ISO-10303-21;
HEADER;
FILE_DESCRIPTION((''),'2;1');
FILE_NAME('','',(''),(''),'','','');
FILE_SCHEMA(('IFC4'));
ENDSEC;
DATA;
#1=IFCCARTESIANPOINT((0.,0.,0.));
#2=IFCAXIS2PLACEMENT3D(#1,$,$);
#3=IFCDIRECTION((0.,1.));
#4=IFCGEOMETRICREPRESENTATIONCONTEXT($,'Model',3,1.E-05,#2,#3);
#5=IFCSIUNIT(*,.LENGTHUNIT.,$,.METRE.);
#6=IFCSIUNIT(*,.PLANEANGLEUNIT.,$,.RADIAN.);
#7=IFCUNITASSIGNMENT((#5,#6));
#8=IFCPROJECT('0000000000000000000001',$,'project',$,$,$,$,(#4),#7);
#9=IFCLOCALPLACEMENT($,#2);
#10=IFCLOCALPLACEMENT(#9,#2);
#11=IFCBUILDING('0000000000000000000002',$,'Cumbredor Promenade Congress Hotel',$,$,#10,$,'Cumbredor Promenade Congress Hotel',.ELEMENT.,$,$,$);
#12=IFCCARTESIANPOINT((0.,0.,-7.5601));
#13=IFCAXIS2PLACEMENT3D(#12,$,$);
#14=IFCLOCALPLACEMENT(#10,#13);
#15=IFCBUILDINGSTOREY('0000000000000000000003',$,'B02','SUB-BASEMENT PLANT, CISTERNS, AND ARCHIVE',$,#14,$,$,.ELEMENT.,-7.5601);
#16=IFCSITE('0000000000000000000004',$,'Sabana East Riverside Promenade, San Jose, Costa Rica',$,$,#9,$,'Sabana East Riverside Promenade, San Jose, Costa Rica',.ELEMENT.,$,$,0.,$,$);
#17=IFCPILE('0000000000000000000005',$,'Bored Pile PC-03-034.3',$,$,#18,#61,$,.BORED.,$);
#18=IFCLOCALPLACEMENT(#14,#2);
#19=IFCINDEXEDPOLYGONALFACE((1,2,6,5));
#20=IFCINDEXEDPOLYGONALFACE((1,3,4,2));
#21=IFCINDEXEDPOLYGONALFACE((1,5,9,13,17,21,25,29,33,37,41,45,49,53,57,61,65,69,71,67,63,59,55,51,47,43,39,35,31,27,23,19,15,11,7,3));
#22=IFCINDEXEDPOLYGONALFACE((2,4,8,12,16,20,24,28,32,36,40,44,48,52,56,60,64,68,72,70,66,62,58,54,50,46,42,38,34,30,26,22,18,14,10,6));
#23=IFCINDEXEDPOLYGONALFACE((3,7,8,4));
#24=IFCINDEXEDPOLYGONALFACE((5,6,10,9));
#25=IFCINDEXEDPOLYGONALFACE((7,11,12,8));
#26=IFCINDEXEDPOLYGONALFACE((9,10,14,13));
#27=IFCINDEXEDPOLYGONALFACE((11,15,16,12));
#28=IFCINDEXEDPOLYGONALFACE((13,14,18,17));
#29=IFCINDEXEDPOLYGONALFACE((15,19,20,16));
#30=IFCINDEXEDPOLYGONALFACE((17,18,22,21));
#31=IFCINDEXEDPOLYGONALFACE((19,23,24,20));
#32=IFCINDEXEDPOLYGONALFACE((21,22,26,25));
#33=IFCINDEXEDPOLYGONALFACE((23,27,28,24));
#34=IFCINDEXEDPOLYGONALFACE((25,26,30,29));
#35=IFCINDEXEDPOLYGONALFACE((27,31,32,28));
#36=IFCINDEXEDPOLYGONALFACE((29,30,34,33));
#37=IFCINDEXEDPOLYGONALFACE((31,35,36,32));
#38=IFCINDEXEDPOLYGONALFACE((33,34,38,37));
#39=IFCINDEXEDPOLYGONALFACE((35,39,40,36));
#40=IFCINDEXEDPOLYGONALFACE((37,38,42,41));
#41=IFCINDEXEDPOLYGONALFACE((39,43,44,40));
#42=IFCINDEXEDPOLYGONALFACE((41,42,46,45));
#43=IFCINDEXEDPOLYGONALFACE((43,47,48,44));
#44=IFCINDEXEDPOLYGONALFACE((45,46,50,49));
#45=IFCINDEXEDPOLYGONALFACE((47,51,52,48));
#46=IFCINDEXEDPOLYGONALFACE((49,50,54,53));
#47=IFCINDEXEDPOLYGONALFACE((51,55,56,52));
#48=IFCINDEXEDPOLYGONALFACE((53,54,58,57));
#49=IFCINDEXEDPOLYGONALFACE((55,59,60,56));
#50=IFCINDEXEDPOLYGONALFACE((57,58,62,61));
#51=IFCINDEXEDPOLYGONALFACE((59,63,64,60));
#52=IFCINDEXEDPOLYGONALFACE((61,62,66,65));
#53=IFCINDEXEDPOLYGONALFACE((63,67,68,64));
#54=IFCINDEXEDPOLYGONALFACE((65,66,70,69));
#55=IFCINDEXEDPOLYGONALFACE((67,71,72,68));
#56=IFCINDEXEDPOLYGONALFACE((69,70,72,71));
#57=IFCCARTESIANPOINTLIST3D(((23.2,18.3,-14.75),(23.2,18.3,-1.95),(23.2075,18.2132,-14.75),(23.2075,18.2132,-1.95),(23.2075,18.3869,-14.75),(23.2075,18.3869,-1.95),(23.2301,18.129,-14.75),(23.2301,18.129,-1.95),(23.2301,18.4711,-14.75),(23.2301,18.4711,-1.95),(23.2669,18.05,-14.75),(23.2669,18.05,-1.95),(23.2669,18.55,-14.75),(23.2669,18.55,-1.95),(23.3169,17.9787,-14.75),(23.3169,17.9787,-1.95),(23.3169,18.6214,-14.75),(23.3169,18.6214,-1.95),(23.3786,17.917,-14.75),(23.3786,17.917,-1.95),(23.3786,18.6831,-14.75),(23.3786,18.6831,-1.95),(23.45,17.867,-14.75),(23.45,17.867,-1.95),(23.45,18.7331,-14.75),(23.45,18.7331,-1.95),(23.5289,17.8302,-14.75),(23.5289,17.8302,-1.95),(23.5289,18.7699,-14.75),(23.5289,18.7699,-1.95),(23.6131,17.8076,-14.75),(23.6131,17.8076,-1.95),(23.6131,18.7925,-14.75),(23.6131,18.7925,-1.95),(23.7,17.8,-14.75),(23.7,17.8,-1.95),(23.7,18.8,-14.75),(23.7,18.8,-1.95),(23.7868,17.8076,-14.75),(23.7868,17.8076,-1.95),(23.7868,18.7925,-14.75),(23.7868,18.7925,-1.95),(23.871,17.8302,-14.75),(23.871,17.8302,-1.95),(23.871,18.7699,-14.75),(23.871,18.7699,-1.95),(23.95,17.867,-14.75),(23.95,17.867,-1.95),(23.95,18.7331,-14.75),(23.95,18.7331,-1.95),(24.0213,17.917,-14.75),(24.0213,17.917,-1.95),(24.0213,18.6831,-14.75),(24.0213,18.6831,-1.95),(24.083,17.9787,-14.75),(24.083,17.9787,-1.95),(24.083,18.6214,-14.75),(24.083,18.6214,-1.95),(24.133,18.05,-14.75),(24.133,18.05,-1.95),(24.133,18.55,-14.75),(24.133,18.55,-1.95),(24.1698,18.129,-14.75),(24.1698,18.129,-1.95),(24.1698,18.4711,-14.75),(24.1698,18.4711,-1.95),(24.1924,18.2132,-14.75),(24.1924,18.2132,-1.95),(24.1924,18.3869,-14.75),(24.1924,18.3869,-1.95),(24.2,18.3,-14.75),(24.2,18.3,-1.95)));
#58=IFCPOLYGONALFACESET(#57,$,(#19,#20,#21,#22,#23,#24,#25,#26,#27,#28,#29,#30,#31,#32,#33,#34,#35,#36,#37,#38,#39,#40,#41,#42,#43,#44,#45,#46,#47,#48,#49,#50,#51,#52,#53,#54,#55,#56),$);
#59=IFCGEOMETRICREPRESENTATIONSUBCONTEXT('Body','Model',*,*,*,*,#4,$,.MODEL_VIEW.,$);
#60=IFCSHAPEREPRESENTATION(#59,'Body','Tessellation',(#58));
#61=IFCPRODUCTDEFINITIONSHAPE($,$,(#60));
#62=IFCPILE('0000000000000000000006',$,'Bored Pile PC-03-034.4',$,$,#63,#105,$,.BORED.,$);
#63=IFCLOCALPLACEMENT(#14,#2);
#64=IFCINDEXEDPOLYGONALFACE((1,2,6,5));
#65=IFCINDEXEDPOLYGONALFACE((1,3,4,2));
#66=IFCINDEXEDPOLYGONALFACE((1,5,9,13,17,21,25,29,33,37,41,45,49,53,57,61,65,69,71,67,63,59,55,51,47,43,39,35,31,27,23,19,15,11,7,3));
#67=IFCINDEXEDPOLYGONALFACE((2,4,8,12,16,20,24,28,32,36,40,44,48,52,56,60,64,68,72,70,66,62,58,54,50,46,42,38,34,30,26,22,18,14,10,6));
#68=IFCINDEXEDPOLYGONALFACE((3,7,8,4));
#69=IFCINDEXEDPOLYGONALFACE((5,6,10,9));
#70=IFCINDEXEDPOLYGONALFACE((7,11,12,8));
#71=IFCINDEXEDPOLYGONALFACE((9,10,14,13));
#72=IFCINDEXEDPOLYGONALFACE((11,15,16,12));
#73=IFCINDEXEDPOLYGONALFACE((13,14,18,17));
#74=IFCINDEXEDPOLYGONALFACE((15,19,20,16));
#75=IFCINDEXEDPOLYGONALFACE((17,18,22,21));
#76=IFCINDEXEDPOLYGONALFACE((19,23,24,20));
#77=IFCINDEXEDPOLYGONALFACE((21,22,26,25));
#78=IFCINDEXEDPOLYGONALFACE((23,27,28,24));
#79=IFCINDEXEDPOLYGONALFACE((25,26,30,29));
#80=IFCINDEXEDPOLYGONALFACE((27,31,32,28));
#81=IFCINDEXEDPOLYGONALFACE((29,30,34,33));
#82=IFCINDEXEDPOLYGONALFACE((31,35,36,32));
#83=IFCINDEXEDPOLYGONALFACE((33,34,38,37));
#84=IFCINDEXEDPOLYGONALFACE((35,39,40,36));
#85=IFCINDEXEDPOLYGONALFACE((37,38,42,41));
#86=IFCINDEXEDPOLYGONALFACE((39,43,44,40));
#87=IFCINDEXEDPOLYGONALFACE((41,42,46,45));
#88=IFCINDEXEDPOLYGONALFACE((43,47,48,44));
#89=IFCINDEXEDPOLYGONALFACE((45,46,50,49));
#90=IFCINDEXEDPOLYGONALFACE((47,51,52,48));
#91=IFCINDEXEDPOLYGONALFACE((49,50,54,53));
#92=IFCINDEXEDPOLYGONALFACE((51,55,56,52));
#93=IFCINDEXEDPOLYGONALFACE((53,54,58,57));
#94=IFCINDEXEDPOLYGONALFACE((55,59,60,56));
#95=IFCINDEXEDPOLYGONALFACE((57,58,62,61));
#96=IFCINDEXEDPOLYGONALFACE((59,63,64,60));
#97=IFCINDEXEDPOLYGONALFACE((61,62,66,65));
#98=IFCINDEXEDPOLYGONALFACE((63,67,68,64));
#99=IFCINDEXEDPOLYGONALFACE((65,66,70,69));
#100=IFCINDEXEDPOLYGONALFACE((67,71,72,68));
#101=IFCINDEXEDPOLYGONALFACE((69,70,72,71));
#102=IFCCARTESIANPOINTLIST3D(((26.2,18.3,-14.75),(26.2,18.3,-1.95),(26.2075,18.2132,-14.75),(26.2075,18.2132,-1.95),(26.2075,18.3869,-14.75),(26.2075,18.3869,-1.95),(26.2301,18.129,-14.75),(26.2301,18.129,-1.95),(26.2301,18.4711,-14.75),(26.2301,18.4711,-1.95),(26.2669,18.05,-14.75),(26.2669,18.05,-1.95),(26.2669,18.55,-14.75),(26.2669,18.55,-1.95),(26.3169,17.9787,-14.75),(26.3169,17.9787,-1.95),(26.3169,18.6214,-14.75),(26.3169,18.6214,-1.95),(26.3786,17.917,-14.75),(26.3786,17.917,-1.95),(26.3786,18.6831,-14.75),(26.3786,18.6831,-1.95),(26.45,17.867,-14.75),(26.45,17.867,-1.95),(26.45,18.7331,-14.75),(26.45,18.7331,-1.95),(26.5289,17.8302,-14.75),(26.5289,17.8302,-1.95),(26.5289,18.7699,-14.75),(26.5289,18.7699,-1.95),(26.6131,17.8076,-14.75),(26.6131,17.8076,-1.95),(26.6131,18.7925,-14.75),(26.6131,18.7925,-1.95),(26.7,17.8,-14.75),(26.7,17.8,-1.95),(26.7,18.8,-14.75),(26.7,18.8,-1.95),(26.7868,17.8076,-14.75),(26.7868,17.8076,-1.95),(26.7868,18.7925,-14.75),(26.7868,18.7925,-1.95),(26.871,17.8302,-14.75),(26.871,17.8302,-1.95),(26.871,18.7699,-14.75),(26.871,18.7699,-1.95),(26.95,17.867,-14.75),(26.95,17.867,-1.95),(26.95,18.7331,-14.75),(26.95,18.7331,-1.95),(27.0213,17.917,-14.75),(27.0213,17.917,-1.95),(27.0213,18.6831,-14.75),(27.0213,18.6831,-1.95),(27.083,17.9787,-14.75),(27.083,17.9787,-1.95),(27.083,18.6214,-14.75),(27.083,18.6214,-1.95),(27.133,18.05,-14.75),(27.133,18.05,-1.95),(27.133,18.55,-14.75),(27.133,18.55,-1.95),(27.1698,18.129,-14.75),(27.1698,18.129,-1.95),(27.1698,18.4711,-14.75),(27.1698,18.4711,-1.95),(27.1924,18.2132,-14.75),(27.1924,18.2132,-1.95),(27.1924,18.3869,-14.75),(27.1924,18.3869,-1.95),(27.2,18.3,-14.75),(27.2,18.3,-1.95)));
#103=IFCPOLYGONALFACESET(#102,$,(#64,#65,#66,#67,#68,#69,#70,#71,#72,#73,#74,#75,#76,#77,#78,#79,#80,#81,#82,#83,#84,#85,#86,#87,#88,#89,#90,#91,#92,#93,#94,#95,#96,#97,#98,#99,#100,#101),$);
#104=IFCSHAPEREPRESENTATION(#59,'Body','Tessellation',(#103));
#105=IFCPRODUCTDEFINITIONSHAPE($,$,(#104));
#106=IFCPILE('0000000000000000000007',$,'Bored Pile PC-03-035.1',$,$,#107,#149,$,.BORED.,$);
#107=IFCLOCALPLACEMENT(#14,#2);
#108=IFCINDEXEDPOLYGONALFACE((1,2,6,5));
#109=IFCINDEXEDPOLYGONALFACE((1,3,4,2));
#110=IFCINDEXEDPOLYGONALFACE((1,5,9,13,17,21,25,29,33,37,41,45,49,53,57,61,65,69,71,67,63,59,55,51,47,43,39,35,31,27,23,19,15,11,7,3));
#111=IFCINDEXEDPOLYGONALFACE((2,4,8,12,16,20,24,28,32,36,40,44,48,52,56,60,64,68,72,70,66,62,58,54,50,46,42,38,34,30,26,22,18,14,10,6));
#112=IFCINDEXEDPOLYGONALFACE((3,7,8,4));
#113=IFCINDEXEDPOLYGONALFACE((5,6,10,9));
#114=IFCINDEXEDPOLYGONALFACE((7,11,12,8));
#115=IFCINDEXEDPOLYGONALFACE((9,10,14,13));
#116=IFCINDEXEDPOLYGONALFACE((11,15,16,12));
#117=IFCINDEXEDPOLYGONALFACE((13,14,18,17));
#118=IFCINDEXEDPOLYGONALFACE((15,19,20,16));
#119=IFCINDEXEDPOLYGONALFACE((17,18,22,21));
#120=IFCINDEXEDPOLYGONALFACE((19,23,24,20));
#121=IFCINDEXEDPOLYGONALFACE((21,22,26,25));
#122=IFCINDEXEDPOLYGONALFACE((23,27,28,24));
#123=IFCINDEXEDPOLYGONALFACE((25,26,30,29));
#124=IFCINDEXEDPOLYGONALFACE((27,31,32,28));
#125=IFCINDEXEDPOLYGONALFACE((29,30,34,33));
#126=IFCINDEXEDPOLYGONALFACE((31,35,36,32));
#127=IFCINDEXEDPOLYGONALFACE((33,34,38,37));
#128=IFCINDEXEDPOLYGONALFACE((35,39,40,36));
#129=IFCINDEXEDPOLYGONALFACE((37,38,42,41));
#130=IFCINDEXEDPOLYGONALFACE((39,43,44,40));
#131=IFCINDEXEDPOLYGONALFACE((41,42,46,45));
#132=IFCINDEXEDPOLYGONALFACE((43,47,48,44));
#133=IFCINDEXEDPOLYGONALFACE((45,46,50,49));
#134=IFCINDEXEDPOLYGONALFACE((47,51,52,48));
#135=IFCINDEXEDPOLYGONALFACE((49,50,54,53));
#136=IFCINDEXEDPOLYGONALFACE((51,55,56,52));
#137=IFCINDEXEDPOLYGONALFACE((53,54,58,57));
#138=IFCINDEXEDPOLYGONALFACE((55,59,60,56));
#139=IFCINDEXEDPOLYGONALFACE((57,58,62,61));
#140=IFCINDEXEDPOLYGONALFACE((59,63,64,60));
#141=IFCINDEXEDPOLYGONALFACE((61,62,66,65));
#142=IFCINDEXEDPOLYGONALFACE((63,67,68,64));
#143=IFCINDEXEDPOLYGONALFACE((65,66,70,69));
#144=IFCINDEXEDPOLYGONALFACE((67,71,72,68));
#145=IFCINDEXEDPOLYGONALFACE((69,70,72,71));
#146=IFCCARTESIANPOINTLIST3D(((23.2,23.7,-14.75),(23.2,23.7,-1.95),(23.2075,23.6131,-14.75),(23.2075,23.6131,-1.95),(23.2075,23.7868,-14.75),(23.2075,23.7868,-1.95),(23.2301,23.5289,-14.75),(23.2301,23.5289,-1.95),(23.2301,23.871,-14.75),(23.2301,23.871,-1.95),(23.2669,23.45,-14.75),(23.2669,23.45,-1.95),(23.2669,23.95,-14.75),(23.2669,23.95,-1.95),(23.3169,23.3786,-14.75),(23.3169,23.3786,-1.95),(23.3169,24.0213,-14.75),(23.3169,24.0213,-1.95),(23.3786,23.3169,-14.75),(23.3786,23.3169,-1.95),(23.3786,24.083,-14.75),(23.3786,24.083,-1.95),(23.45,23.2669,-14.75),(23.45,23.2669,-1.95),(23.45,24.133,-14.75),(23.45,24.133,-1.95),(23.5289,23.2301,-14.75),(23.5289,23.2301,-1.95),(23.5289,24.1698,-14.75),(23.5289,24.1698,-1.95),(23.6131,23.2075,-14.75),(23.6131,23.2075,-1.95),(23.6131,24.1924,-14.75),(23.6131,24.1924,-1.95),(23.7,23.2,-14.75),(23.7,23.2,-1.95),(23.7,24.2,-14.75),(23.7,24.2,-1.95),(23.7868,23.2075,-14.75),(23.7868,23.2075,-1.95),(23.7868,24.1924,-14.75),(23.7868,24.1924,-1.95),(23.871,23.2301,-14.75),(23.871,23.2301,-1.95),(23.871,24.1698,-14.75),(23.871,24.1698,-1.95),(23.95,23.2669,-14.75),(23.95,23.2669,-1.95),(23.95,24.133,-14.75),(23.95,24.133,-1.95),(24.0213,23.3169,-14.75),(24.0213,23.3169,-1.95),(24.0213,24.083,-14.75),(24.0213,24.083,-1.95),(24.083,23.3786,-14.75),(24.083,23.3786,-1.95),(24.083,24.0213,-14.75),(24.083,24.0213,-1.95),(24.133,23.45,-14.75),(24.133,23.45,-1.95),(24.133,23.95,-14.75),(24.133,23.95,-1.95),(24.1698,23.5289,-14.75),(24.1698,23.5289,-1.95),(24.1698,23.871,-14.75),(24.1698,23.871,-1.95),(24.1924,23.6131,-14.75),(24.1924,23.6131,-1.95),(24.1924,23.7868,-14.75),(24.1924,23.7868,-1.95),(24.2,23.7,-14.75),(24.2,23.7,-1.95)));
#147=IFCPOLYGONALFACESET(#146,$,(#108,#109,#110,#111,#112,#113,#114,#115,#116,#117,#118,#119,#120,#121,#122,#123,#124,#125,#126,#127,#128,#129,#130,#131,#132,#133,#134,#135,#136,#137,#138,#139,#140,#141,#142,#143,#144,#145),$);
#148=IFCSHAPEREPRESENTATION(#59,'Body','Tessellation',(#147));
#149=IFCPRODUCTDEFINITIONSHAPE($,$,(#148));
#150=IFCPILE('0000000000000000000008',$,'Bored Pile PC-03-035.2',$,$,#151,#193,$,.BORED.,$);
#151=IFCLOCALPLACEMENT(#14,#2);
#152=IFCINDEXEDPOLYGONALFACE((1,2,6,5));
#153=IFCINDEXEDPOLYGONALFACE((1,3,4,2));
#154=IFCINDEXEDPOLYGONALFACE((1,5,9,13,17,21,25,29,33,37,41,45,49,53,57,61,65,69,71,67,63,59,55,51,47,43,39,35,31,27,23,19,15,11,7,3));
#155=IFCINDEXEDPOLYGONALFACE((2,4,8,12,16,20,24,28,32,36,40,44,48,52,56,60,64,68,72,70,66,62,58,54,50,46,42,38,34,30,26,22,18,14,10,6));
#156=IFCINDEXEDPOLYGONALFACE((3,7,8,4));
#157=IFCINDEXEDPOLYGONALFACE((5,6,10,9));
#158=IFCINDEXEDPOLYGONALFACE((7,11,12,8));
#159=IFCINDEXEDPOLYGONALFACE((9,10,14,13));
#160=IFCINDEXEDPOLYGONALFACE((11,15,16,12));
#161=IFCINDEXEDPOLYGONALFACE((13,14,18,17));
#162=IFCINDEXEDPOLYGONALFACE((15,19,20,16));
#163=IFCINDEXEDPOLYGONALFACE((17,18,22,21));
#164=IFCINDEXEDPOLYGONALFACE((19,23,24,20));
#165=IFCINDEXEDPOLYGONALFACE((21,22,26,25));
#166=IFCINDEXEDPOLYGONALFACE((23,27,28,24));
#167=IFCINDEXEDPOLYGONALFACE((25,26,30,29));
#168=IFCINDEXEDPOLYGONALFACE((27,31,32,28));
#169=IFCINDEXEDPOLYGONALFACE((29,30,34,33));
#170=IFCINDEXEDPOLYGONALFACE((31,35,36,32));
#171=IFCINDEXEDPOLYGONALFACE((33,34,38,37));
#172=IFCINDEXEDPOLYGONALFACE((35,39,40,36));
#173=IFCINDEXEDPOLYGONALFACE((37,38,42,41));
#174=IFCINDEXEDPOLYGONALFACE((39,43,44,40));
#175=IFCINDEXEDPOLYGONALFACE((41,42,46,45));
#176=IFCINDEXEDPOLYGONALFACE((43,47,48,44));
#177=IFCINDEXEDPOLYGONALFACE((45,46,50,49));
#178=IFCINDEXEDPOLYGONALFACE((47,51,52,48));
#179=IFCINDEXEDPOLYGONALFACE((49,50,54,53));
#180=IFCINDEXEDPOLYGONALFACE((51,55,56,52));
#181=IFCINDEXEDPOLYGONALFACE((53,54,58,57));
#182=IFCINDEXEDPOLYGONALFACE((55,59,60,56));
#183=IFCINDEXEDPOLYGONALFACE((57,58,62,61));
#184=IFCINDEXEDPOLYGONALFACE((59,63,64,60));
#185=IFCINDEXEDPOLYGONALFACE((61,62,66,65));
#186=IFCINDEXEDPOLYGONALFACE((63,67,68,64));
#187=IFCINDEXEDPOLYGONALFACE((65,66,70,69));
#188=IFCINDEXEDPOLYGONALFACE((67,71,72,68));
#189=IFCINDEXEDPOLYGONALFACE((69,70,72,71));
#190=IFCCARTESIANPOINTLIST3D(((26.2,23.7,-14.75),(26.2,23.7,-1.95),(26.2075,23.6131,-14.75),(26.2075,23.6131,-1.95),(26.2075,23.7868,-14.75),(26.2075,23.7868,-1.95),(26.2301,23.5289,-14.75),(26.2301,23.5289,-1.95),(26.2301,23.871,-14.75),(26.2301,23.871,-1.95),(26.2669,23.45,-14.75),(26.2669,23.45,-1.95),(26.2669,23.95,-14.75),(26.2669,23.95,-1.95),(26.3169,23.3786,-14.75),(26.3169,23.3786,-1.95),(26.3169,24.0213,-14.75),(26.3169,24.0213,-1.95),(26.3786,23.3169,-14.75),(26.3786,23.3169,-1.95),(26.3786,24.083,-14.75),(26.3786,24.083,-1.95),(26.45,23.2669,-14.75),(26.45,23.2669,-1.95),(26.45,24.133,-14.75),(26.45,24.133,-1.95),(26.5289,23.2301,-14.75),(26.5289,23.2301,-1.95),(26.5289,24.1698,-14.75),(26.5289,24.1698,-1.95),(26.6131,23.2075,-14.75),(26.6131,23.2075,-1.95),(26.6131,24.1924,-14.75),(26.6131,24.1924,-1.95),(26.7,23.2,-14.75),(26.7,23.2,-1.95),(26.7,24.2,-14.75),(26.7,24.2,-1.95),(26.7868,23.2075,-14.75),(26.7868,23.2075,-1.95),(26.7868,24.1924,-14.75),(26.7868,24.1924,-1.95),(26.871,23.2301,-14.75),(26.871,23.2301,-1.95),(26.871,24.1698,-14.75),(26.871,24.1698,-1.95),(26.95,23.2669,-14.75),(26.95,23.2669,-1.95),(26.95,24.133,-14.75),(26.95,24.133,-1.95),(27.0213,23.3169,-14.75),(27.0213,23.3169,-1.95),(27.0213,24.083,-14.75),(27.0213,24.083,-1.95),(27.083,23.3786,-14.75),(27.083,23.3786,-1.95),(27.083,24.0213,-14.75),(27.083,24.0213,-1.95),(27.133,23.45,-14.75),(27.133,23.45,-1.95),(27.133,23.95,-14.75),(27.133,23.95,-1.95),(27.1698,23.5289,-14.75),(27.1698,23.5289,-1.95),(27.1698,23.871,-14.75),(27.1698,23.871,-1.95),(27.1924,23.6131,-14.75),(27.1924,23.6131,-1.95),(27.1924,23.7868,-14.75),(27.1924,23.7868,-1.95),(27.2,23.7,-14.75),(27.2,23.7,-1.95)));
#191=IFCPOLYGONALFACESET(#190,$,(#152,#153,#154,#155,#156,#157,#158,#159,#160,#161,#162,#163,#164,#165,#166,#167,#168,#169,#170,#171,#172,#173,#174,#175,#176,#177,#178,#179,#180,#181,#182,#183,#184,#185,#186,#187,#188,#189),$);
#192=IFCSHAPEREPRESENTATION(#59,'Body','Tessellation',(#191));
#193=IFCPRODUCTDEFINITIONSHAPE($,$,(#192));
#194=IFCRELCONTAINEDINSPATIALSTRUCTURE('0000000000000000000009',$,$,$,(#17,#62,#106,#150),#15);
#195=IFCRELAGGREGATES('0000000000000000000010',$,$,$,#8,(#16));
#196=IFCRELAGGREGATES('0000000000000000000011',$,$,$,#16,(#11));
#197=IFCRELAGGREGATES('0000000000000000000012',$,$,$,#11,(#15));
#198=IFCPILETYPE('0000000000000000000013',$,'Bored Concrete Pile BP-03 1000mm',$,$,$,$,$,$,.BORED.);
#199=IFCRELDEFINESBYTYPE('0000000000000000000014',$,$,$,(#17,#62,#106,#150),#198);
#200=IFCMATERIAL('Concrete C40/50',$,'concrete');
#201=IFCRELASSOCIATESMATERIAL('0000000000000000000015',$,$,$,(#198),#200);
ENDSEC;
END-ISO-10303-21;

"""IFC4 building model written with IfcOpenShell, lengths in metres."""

from ifc_helpers import new_model, si_unit, direction, frame, origin, origin_2d, place, context, subcontext, project, spatial, circle, extrude, material, material_profile, profile_set, type_object, element, save


model = new_model("IFC4")

# Units and contexts
model_context = context("Model", 3, precision=1e-05, world=origin(), true_north=direction((0.0, 1.0)))
body_context = subcontext(model_context, "Body", "Model", "MODEL_VIEW")
ifc_project = project(units=[si_unit("LENGTHUNIT", "METRE"), si_unit("PLANEANGLEUNIT", "RADIAN")], contexts=[model_context])

# Site, building, storey
site_placement = place(None, origin())
site = spatial("IfcSite", under=ifc_project, at=site_placement, Name="Sabana East Riverside Promenade, San Jose, Costa Rica", LongName="Sabana East Riverside Promenade, San Jose, Costa Rica", CompositionType="ELEMENT", RefElevation=0.0)
building_placement = place(site_placement, origin())
building = spatial("IfcBuilding", under=site, at=building_placement, Name="Cumbredor Promenade Congress Hotel", LongName="Cumbredor Promenade Congress Hotel", CompositionType="ELEMENT")
storey_placement = place(building_placement, frame((0.0, 0.0, -7.5601)))
storey = spatial("IfcBuildingStorey", under=building, at=storey_placement, Name="B02", Description="SUB-BASEMENT PLANT, CISTERNS, AND ARCHIVE", CompositionType="ELEMENT", Elevation=-7.5601)

# Piles
ifc_material_1 = material(Name="Concrete C40/50", Category="concrete")
ifc_material_profile_1 = material_profile(ifc_material_1, circle(Radius=0.5, at=origin_2d()), Name="PILE D1000")
ifc_profile_set_1 = profile_set([ifc_material_profile_1], Name="Concrete C40/50")
pile_type = type_object("IfcPileType", Name="Bored Concrete Pile BP-03 1000mm", PredefinedType="BORED", material=ifc_profile_set_1)
for number, where, z_axis, x_axis, name in (
    (1, (23.7, 18.3, -1.95), (0.0, 0.0, -1.0), (1.0, 0.0, 0.0), "Bored Pile PC-03-034.3"),
    (2, (26.7, 18.3, -1.95), (0.0, 0.0, -1.0), (1.0, 0.0, 0.0), "Bored Pile PC-03-034.4"),
    (3, (23.7, 23.7, -1.95), (0.0, 0.0, -1.0), (1.0, 0.0, 0.0), "Bored Pile PC-03-035.1"),
    (4, (26.7, 23.7, -1.95), (0.0, 0.0, -1.0), (1.0, 0.0, 0.0), "Bored Pile PC-03-035.2"),
):
    element("IfcPile", number, at=place(storey_placement, frame(where, z_axis=z_axis, x_axis=x_axis)), inside=storey, type_object=pile_type, Name=name, PredefinedType="BORED", context=body_context, shape_type="SweptSolid", body=[
        extrude(circle(Radius=0.5, at=origin_2d()), origin(), (0.0, 0.0, 1.0), 12.8),
    ])

save(model, "model.ifc")
